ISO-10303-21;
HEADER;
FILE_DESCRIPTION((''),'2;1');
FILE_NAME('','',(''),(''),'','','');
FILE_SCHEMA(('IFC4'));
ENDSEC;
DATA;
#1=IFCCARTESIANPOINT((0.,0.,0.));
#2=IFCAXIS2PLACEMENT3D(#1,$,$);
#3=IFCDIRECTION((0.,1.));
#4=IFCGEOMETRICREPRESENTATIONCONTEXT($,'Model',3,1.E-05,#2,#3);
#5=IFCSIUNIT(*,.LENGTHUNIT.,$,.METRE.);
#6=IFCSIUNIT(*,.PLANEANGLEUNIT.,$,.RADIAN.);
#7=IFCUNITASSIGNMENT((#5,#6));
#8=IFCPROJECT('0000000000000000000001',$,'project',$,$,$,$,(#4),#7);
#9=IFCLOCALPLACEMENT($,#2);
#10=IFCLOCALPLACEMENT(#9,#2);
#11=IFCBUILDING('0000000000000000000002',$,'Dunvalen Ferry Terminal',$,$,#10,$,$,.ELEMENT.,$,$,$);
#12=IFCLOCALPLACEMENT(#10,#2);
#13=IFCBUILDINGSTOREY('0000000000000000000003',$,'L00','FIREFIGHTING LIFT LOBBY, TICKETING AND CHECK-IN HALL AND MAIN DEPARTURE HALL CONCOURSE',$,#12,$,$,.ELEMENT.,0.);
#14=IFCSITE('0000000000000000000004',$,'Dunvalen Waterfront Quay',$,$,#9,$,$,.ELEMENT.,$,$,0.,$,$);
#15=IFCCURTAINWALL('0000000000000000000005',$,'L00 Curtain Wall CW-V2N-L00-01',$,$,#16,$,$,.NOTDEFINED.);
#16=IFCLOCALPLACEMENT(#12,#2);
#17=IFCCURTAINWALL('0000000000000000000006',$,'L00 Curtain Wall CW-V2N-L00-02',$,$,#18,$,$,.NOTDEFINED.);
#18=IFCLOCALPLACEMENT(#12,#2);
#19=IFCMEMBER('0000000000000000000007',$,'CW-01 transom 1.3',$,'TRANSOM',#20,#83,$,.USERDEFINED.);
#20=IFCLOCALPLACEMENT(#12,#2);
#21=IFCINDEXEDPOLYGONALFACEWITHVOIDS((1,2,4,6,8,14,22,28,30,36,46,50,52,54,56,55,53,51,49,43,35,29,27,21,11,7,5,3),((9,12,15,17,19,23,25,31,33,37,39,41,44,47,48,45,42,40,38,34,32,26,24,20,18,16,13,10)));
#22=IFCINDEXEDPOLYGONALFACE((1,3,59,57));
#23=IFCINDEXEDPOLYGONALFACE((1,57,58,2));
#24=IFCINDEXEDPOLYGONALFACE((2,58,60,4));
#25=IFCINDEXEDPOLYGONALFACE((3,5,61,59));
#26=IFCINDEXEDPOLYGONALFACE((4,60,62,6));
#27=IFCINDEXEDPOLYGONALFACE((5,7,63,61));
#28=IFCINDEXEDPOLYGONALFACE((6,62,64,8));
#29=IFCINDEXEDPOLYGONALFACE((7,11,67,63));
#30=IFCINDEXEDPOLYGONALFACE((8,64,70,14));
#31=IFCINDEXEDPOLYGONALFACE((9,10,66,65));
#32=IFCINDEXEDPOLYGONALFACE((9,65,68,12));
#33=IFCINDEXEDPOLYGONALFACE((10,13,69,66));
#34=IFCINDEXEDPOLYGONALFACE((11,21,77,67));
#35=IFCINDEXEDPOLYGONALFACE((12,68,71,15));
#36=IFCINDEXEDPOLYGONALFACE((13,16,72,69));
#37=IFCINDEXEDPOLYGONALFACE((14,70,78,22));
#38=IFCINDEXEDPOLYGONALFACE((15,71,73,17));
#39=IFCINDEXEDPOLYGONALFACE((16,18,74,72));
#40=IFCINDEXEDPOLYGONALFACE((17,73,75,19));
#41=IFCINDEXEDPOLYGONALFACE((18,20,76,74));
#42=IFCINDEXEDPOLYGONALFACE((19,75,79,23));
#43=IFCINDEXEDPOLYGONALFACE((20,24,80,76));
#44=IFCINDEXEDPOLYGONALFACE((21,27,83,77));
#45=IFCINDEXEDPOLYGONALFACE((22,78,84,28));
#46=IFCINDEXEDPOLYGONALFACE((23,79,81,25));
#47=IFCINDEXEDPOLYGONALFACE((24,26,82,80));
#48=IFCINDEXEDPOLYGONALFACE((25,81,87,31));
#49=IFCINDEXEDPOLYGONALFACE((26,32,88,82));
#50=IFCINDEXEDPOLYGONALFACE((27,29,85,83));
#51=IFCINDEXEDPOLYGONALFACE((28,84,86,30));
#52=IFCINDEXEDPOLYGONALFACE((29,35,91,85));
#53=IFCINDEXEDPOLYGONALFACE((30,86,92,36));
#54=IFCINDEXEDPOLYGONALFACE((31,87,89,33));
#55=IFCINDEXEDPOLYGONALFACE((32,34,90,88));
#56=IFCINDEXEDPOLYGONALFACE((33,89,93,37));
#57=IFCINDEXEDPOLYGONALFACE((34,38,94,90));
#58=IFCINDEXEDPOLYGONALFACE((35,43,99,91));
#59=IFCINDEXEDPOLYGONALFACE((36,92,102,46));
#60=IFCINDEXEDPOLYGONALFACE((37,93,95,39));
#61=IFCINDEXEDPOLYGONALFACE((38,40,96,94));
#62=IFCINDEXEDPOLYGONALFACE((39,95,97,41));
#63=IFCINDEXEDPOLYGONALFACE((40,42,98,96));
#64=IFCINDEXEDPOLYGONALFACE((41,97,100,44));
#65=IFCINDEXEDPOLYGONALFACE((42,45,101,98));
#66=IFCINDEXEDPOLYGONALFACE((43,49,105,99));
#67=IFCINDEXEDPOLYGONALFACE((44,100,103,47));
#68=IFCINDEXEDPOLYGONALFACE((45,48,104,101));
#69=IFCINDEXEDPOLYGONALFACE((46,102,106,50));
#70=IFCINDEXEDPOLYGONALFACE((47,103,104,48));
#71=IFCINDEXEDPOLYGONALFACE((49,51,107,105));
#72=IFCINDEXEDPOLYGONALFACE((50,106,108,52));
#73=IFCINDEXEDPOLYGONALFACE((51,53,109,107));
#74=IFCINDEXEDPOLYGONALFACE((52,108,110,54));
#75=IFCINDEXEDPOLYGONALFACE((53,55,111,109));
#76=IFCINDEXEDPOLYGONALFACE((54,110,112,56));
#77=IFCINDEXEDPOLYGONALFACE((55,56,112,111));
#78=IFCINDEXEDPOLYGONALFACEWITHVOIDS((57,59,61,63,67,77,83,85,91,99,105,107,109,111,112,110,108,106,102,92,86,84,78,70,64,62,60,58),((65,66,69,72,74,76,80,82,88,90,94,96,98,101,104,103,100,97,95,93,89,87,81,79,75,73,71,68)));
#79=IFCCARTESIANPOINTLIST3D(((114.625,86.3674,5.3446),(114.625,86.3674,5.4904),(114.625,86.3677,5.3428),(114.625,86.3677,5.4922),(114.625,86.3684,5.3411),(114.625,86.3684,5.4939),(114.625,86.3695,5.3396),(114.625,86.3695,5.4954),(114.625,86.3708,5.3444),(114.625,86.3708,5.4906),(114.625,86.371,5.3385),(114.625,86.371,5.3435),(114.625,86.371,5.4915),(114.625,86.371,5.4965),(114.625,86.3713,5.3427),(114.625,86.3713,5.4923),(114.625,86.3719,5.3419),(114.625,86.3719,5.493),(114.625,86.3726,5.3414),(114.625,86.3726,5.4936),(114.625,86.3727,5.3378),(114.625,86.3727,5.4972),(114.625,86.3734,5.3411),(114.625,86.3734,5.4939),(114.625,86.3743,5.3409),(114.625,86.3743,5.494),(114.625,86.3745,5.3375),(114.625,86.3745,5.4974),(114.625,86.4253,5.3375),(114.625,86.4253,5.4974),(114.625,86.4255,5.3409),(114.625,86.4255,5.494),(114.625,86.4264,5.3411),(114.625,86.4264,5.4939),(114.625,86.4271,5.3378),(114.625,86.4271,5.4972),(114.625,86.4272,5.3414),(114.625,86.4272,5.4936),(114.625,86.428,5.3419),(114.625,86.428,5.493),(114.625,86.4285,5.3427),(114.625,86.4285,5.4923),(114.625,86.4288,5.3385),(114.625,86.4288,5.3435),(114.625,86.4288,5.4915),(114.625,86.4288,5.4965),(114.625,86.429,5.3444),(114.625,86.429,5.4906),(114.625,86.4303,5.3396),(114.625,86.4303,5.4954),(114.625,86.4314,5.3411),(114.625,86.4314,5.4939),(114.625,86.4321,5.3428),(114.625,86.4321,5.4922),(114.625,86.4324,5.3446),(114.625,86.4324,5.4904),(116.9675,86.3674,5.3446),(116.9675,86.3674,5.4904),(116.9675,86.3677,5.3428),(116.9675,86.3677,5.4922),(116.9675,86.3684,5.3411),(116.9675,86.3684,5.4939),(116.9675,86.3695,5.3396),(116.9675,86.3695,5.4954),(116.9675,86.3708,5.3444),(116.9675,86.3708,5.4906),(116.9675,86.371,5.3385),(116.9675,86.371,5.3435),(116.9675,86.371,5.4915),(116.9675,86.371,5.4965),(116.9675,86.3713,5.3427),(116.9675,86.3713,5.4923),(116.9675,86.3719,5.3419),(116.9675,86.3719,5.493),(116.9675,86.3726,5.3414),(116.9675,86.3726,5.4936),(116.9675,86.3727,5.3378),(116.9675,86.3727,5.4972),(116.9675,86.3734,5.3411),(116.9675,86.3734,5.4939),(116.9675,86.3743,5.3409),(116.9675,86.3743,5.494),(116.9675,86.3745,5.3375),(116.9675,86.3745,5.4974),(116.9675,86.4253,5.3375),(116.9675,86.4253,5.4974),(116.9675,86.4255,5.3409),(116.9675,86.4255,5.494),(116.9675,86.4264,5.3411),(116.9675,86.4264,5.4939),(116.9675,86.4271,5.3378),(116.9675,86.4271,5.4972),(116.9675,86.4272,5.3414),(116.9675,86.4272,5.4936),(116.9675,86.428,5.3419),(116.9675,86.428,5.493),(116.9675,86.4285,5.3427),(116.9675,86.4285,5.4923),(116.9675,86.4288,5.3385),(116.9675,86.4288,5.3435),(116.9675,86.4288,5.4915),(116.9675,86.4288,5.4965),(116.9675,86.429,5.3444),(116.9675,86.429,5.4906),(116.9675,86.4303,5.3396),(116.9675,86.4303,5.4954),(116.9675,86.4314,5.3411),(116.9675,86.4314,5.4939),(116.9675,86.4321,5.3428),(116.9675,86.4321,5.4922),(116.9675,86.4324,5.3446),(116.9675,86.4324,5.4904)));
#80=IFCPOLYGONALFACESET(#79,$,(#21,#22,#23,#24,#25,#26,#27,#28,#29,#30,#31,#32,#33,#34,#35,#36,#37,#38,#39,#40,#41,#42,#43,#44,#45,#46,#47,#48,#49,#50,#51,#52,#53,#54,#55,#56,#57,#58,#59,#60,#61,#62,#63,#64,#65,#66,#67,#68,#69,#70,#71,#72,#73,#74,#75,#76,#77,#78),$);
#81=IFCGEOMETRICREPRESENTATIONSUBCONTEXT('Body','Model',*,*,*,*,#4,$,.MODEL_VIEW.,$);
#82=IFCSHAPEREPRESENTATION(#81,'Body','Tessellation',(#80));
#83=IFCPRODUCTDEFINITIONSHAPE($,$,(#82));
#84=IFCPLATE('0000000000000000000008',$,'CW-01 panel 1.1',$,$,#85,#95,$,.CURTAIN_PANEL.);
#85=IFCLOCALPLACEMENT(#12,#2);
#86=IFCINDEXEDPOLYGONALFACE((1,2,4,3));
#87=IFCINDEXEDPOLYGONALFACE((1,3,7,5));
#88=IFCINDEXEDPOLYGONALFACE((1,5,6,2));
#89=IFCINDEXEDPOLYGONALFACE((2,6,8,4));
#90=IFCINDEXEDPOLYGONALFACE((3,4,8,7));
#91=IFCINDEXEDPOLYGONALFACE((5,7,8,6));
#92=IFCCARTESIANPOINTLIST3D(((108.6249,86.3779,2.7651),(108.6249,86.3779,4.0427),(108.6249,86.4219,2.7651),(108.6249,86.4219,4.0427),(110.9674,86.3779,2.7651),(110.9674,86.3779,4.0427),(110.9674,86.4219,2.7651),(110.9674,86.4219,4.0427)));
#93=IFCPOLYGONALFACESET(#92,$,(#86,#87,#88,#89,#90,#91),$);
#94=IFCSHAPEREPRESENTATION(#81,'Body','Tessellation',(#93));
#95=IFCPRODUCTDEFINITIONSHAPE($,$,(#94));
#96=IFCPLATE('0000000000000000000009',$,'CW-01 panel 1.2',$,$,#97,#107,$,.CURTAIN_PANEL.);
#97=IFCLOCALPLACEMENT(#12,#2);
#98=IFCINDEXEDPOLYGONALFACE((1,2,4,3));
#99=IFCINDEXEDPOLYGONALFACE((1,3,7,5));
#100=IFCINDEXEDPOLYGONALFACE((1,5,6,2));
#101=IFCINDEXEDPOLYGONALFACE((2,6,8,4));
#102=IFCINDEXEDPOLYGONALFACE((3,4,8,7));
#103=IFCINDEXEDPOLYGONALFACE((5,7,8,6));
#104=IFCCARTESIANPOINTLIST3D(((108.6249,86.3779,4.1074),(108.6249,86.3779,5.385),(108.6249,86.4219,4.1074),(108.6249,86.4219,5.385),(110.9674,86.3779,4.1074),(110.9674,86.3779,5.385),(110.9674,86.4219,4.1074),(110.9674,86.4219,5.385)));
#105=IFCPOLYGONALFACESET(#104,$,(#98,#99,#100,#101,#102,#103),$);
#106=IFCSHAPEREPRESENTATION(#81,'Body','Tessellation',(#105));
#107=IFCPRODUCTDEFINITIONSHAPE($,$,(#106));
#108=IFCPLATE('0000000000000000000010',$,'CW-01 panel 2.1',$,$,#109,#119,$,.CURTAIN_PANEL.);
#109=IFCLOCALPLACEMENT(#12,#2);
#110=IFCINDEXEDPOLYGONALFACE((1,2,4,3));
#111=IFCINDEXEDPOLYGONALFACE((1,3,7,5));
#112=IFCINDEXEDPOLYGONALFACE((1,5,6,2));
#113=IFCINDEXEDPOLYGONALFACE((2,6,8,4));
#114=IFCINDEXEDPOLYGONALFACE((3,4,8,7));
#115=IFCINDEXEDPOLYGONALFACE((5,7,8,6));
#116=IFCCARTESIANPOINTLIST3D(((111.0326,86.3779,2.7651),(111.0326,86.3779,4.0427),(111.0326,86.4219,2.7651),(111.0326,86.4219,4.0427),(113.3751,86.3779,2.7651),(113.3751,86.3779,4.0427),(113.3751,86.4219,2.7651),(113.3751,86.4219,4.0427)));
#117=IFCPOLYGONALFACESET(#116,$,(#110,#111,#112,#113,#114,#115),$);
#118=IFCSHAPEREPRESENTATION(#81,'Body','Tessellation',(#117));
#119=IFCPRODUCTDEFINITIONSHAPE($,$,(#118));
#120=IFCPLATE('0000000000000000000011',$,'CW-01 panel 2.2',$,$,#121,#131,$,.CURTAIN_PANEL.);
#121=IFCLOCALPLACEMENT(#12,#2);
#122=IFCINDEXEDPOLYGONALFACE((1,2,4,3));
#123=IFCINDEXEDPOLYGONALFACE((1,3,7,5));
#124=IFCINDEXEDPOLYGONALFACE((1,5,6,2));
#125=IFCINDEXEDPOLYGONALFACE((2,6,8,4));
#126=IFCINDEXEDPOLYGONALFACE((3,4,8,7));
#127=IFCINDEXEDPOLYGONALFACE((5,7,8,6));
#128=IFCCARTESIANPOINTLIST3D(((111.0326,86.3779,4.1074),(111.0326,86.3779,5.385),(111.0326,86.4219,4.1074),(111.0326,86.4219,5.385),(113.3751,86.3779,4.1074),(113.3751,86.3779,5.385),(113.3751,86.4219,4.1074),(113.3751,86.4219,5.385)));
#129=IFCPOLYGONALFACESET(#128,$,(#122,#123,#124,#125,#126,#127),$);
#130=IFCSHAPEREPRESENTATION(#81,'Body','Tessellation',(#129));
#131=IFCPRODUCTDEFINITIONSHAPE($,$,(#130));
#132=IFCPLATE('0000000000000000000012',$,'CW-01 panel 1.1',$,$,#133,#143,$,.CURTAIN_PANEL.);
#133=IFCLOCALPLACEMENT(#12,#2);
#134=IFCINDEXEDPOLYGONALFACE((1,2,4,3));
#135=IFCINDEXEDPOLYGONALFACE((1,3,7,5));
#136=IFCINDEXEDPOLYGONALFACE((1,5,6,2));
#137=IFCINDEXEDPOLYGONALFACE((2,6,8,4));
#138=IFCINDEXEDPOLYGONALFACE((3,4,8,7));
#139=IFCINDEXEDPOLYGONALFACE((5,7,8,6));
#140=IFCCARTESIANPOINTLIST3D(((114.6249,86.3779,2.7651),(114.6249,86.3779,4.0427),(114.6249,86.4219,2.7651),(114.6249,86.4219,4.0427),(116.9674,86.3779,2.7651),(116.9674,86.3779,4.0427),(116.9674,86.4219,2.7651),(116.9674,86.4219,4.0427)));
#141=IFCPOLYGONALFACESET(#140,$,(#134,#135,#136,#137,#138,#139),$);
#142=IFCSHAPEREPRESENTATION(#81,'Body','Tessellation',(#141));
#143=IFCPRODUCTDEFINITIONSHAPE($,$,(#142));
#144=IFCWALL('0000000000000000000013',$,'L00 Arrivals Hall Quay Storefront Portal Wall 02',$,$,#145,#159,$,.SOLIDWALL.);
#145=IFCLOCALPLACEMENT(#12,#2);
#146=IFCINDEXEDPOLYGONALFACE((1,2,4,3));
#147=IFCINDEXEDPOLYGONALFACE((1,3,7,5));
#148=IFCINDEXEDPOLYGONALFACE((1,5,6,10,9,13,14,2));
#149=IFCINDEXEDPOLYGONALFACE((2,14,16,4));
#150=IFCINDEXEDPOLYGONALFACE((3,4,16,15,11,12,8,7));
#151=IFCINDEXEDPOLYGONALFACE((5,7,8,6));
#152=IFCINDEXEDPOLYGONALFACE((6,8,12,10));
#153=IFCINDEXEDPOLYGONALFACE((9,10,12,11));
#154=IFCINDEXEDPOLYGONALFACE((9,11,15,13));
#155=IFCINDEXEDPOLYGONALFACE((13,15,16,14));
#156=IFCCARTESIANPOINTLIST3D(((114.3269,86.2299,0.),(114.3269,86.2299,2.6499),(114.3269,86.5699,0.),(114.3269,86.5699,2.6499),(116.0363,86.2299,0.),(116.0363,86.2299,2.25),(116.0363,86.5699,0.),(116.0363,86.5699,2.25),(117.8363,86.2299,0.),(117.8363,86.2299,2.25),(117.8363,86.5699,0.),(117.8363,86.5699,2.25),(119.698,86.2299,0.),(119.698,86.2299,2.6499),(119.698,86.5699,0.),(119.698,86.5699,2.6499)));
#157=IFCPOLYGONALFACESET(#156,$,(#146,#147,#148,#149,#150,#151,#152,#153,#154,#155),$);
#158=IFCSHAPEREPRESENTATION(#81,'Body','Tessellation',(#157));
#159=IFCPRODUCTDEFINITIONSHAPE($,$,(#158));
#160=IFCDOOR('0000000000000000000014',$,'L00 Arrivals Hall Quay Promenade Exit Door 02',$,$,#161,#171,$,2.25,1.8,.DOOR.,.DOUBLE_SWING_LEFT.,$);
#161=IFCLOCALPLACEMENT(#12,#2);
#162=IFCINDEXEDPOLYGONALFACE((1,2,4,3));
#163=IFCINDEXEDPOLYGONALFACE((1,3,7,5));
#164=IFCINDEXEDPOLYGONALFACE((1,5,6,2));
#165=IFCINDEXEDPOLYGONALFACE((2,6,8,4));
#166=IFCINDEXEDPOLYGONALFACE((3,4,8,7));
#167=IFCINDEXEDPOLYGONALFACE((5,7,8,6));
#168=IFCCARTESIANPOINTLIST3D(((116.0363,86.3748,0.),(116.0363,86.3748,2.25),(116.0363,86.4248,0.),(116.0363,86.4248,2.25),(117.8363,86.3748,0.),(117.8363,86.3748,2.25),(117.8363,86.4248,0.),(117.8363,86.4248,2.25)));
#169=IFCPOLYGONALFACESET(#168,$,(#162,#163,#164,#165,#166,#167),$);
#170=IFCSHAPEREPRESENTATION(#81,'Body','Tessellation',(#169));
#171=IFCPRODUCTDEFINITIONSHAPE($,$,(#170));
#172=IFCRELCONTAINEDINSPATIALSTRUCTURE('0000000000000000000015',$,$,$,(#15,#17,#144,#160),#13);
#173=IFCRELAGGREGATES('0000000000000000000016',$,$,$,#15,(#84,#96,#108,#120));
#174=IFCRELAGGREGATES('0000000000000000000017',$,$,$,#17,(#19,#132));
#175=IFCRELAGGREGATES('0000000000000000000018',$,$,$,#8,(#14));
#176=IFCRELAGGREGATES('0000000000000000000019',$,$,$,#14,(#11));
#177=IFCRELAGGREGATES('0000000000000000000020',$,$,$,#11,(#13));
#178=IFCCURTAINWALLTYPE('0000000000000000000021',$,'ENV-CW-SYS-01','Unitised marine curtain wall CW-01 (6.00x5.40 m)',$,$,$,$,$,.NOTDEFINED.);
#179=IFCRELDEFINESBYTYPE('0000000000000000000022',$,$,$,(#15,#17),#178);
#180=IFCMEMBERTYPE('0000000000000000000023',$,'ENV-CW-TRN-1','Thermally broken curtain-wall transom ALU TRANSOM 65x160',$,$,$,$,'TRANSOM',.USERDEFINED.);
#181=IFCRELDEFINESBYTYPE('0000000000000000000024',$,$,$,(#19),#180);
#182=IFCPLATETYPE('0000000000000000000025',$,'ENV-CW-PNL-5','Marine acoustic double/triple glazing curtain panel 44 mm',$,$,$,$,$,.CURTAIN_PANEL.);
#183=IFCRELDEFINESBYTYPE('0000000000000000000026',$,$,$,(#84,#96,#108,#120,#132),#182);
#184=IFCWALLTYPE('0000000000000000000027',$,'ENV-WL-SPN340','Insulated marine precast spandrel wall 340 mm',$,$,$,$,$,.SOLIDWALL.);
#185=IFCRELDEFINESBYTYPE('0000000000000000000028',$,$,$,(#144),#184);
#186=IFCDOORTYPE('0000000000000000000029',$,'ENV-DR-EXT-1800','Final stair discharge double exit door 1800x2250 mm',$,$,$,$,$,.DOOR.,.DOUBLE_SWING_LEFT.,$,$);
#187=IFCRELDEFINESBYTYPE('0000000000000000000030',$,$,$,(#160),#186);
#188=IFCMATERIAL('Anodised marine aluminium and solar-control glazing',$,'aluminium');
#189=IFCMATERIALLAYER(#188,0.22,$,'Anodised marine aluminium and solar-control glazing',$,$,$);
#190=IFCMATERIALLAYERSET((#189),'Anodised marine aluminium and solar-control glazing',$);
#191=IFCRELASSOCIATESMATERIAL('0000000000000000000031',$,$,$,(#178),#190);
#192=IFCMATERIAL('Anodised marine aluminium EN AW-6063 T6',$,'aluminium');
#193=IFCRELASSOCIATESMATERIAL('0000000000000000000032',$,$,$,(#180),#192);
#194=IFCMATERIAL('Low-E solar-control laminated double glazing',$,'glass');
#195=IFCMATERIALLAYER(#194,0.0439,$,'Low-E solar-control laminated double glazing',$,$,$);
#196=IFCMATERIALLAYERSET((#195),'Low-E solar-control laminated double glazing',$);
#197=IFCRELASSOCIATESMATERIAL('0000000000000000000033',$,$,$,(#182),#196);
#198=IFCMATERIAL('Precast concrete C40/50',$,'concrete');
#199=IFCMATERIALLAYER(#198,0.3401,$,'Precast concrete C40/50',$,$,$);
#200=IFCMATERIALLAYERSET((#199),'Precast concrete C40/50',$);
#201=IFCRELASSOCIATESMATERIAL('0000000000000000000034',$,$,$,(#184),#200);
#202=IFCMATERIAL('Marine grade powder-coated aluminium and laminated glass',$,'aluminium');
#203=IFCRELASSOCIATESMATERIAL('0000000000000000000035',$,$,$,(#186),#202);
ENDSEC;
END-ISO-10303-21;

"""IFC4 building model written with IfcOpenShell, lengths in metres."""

from ifc_helpers import new_model, si_unit, direction, frame, frame_2d, origin, origin_2d, place, context, subcontext, project, spatial, rectangle, hollow_rectangle, extrude, material, layer, layer_set, material_profile, profile_set, type_object, element, fill, aggregate, save


model = new_model("IFC4")

# Units and contexts
model_context = context("Model", 3, precision=1e-05, world=origin(), true_north=direction((0.0, 1.0)))
body_context = subcontext(model_context, "Body", "Model", "MODEL_VIEW")
ifc_project = project(units=[si_unit("LENGTHUNIT", "METRE"), si_unit("PLANEANGLEUNIT", "RADIAN")], contexts=[model_context])

# Site, building, storey
site_placement = place(None, origin())
site = spatial("IfcSite", under=ifc_project, at=site_placement, Name="Dunvalen Waterfront Quay", CompositionType="ELEMENT", RefElevation=0.0)
building_placement = place(site_placement, origin())
building = spatial("IfcBuilding", under=site, at=building_placement, Name="Dunvalen Ferry Terminal", CompositionType="ELEMENT")
storey_placement = place(building_placement, origin())
storey = spatial("IfcBuildingStorey", under=building, at=storey_placement, Name="L00", Description="FIREFIGHTING LIFT LOBBY, TICKETING AND CHECK-IN HALL AND MAIN DEPARTURE HALL CONCOURSE", CompositionType="ELEMENT", Elevation=0.0)

# Curtain wall
ifc_material_1 = material(Name="Anodised marine aluminium and solar-control glazing", Category="aluminium")
ifc_layer_1 = layer(ifc_material_1, 0.22, Name="Anodised marine aluminium and solar-control glazing")
ifc_layer_set_1 = layer_set([ifc_layer_1], Name="Anodised marine aluminium and solar-control glazing")
curtain_wall_type = type_object("IfcCurtainWallType", Name="ENV-CW-SYS-01", Description="Unitised marine curtain wall CW-01 (6.00x5.40 m)", PredefinedType="NOTDEFINED", material=ifc_layer_set_1)
curtain_wall_1_placement = place(storey_placement, origin())
curtain_wall_1 = element("IfcCurtainWall", 1, at=curtain_wall_1_placement, inside=storey, type_object=curtain_wall_type, Name="L00 Curtain Wall CW-V2N-L00-01", PredefinedType="NOTDEFINED")
ifc_material_2 = material(Name="Anodised marine aluminium EN AW-6063 T6", Category="aluminium")

# Curtain wall
curtain_wall_2_placement = place(storey_placement, origin())
curtain_wall_2 = element("IfcCurtainWall", 2, at=curtain_wall_2_placement, inside=storey, type_object=curtain_wall_type, Name="L00 Curtain Wall CW-V2N-L00-02", PredefinedType="NOTDEFINED")

# Member
ifc_material_profile_1 = material_profile(ifc_material_2, hollow_rectangle(XDim=0.0649, YDim=0.1599, WallThickness=0.0034, InnerFilletRadius=0.0034, OuterFilletRadius=0.0071, at=origin_2d()), Name="Anodised marine aluminium EN AW-6063 T6")
ifc_profile_set_1 = profile_set([ifc_material_profile_1], Name="Anodised marine aluminium EN AW-6063 T6")
member_type_1 = type_object("IfcMemberType", Name="ENV-CW-TRN-1", Description="Thermally broken curtain-wall transom ALU TRANSOM 65x160", ElementType="TRANSOM", PredefinedType="USERDEFINED", material=ifc_profile_set_1)
member_1_placement = place(storey_placement, frame((114.625, 86.3999, 5.4175), z_axis=(1.0, 0.0, 0.0), x_axis=(0.0, 1.0, 0.0)))
member_1 = element("IfcMember", 3, at=member_1_placement, type_object=member_type_1, Name="CW-01 transom 1.3", ObjectType="TRANSOM", PredefinedType="USERDEFINED", context=body_context, shape_type="SweptSolid", body=[
    extrude(hollow_rectangle(XDim=0.0649, YDim=0.1599, WallThickness=0.0034, InnerFilletRadius=0.0034, OuterFilletRadius=0.0071, at=origin_2d()), origin(), (0.0, 0.0, 1.0), 2.3425),
])

# Plates
ifc_material_3 = material(Name="Low-E solar-control laminated double glazing", Category="glass")
ifc_layer_2 = layer(ifc_material_3, 0.0439, Name="Low-E solar-control laminated double glazing")
ifc_layer_set_2 = layer_set([ifc_layer_2], Name="Low-E solar-control laminated double glazing")
plate_type = type_object("IfcPlateType", Name="ENV-CW-PNL-5", Description="Marine acoustic double/triple glazing curtain panel 44 mm", PredefinedType="CURTAIN_PANEL", material=ifc_layer_set_2)
plate_1_placement = place(storey_placement, frame((109.7961, 86.3999, 2.7651), z_axis=(0.0, 0.0, 1.0), x_axis=(1.0, 0.0, 0.0)))
plate_1 = element("IfcPlate", 4, at=plate_1_placement, type_object=plate_type, Name="CW-01 panel 1.1", PredefinedType="CURTAIN_PANEL", context=body_context, shape_type="SweptSolid", body=[
    extrude(rectangle(XDim=2.3425, YDim=0.0439, at=origin_2d()), origin(), (0.0, 0.0, 1.0), 1.2776),
])
plate_2_placement = place(storey_placement, frame((109.7961, 86.3999, 4.1074), z_axis=(0.0, 0.0, 1.0), x_axis=(1.0, 0.0, 0.0)))
plate_2 = element("IfcPlate", 5, at=plate_2_placement, type_object=plate_type, Name="CW-01 panel 1.2", PredefinedType="CURTAIN_PANEL", context=body_context, shape_type="SweptSolid", body=[
    extrude(rectangle(XDim=2.3425, YDim=0.0439, at=origin_2d()), origin(), (0.0, 0.0, 1.0), 1.2776),
])
plate_3_placement = place(storey_placement, frame((112.2039, 86.3999, 2.7651), z_axis=(0.0, 0.0, 1.0), x_axis=(1.0, 0.0, 0.0)))
plate_3 = element("IfcPlate", 6, at=plate_3_placement, type_object=plate_type, Name="CW-01 panel 2.1", PredefinedType="CURTAIN_PANEL", context=body_context, shape_type="SweptSolid", body=[
    extrude(rectangle(XDim=2.3425, YDim=0.0439, at=origin_2d()), origin(), (0.0, 0.0, 1.0), 1.2776),
])
plate_4_placement = place(storey_placement, frame((112.2039, 86.3999, 4.1074), z_axis=(0.0, 0.0, 1.0), x_axis=(1.0, 0.0, 0.0)))
plate_4 = element("IfcPlate", 7, at=plate_4_placement, type_object=plate_type, Name="CW-01 panel 2.2", PredefinedType="CURTAIN_PANEL", context=body_context, shape_type="SweptSolid", body=[
    extrude(rectangle(XDim=2.3425, YDim=0.0439, at=origin_2d()), origin(), (0.0, 0.0, 1.0), 1.2776),
])
aggregate(curtain_wall_1, [plate_1, plate_2, plate_3, plate_4])
plate_5_placement = place(storey_placement, frame((115.7961, 86.3999, 2.7651), z_axis=(0.0, 0.0, 1.0), x_axis=(1.0, 0.0, 0.0)))
plate_5 = element("IfcPlate", 8, at=plate_5_placement, type_object=plate_type, Name="CW-01 panel 1.1", PredefinedType="CURTAIN_PANEL", context=body_context, shape_type="SweptSolid", body=[
    extrude(rectangle(XDim=2.3425, YDim=0.0439, at=origin_2d()), origin(), (0.0, 0.0, 1.0), 1.2776),
])
aggregate(curtain_wall_2, [member_1, plate_5])

# Wall, opening, door
ifc_material_4 = material(Name="Precast concrete C40/50", Category="concrete")
ifc_layer_3 = layer(ifc_material_4, 0.3401, Name="Precast concrete C40/50")
ifc_layer_set_3 = layer_set([ifc_layer_3], Name="Precast concrete C40/50")
wall_type = type_object("IfcWallType", Name="ENV-WL-SPN340", Description="Insulated marine precast spandrel wall 340 mm", PredefinedType="SOLIDWALL", material=ifc_layer_set_3)
wall_placement = place(storey_placement, frame((114.3269, 86.3999, 0.0), z_axis=(0.0, 0.0, 1.0), x_axis=(1.0, 0.0, 0.0)))
wall = element("IfcWall", 9, at=wall_placement, inside=storey, type_object=wall_type, Name="L00 Arrivals Hall Quay Storefront Portal Wall 02", PredefinedType="SOLIDWALL", context=body_context, shape_type="SweptSolid", body=[
    extrude(rectangle(XDim=5.3711, YDim=0.3401, at=frame_2d((2.6855, 0.0))), origin(), (0.0, 0.0, 1.0), 2.6499),
])
opening_placement = place(wall_placement, frame((1.7095, 0.0, 0.0)))
opening = element("IfcOpeningElement", 10, at=opening_placement, cuts=wall, PredefinedType="OPENING", context=body_context, shape_type="SweptSolid", body=[
    extrude(rectangle(XDim=1.8, YDim=2.25, at=frame_2d((0.8999, 1.125))), frame((0.0, 0.1802, 0.0), z_axis=(0.0, -1.0, 0.0), x_axis=(1.0, 0.0, 0.0)), (0.0, 0.0, 1.0), 0.3601),
])
ifc_material_5 = material(Name="Marine grade powder-coated aluminium and laminated glass", Category="aluminium")
door_type = type_object("IfcDoorType", Name="ENV-DR-EXT-1800", Description="Final stair discharge double exit door 1800x2250 mm", OperationType="DOUBLE_SWING_LEFT", PredefinedType="DOOR", material=ifc_material_5)
door_placement = place(opening_placement, origin())
door = element("IfcDoor", 11, at=door_placement, inside=storey, type_object=door_type, Name="L00 Arrivals Hall Quay Promenade Exit Door 02", OperationType="DOUBLE_SWING_LEFT", OverallHeight=2.25, OverallWidth=1.8, PredefinedType="DOOR", context=body_context, shape_type="SweptSolid", body=[
    extrude(rectangle(XDim=1.8, YDim=2.25, at=frame_2d((0.8999, 1.125))), frame((0.0, 0.0249, 0.0), z_axis=(0.0, -1.0, 0.0), x_axis=(1.0, 0.0, 0.0)), (0.0, 0.0, 1.0), 0.05),
])
fill(opening, door)

save(model, "model.ifc")
